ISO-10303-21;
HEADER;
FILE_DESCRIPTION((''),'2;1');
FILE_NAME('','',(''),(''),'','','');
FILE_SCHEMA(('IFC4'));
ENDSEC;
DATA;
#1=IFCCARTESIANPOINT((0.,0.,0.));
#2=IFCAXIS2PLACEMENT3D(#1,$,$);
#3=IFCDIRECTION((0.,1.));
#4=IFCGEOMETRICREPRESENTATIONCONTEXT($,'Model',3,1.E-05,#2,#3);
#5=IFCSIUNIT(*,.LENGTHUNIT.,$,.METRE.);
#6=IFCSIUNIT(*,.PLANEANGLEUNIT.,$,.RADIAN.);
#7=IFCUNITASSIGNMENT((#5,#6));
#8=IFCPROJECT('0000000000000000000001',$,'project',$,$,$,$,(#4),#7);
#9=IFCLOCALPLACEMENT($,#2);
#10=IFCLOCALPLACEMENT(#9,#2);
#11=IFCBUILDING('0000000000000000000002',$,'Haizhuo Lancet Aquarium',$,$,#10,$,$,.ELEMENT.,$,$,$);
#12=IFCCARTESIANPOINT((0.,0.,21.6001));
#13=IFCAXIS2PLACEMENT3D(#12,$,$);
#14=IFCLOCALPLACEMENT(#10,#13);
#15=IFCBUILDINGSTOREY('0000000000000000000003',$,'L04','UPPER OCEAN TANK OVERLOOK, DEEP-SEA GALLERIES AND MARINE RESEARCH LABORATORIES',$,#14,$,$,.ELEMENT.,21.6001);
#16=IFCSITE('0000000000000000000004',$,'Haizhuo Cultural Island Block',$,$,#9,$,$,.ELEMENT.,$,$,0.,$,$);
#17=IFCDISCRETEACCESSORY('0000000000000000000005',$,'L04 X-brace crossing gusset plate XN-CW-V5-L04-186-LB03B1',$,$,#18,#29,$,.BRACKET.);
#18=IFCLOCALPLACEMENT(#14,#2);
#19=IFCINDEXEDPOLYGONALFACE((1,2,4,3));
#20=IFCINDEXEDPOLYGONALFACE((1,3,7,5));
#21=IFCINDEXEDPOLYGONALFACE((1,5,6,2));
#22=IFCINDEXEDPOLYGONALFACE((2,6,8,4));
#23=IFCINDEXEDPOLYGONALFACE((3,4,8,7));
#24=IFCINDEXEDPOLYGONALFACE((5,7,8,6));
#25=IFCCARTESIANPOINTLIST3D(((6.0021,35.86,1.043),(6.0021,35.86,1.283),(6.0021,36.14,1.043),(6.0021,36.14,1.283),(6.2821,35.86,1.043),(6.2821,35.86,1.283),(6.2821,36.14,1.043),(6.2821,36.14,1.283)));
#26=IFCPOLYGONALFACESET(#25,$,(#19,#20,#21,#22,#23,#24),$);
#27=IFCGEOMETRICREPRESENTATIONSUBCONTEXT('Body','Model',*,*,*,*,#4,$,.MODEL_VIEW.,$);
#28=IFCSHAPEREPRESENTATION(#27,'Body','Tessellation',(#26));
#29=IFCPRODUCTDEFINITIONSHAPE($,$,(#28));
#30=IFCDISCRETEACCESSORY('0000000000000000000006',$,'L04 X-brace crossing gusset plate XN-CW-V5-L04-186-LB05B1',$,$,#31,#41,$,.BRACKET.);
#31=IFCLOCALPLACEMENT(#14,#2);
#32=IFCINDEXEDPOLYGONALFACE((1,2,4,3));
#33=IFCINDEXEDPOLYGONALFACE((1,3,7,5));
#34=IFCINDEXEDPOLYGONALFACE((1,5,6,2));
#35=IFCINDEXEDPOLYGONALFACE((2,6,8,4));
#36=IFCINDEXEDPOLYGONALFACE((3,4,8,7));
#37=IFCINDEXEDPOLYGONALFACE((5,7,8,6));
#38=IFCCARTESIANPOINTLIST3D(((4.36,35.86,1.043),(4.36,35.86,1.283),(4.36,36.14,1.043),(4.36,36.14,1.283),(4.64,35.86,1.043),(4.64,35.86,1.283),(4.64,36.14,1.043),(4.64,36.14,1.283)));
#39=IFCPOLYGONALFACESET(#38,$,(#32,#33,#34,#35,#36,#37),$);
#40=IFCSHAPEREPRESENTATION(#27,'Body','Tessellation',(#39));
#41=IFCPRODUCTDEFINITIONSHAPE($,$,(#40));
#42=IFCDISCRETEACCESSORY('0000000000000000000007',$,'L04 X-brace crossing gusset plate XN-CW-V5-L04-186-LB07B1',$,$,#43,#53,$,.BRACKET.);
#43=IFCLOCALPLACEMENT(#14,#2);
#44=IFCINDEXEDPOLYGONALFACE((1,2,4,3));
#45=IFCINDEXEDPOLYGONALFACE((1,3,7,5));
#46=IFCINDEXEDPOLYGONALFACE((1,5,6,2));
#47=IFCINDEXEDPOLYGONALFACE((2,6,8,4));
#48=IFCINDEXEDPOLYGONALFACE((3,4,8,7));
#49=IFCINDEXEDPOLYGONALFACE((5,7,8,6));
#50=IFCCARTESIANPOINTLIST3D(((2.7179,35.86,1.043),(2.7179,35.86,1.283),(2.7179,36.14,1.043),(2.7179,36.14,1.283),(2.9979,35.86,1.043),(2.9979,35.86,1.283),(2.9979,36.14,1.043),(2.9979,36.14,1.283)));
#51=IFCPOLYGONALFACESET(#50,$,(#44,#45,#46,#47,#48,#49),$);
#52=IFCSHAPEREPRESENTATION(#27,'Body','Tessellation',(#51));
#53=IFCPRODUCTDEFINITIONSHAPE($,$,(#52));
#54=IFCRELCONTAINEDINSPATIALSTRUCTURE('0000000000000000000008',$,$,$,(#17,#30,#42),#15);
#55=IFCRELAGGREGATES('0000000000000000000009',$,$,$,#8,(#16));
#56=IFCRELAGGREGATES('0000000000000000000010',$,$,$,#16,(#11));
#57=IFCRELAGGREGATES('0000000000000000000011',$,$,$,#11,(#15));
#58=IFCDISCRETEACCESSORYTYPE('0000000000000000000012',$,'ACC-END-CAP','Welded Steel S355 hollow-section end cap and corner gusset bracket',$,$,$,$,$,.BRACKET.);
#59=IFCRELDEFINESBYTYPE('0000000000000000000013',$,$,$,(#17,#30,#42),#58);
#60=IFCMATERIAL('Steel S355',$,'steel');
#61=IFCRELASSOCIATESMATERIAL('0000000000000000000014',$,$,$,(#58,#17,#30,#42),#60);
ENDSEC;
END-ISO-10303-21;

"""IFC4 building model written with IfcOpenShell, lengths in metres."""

from ifc_helpers import new_model, si_unit, direction, frame, origin, origin_2d, place, context, subcontext, project, spatial, rectangle, extrude, material, type_object, element, save


model = new_model("IFC4")

# Units and contexts
model_context = context("Model", 3, precision=1e-05, world=origin(), true_north=direction((0.0, 1.0)))
body_context = subcontext(model_context, "Body", "Model", "MODEL_VIEW")
ifc_project = project(units=[si_unit("LENGTHUNIT", "METRE"), si_unit("PLANEANGLEUNIT", "RADIAN")], contexts=[model_context])

# Site, building, storey
site_placement = place(None, origin())
site = spatial("IfcSite", under=ifc_project, at=site_placement, Name="Haizhuo Cultural Island Block", CompositionType="ELEMENT", RefElevation=0.0)
building_placement = place(site_placement, origin())
building = spatial("IfcBuilding", under=site, at=building_placement, Name="Haizhuo Lancet Aquarium", CompositionType="ELEMENT")
storey_placement = place(building_placement, frame((0.0, 0.0, 21.6001)))
storey = spatial("IfcBuildingStorey", under=building, at=storey_placement, Name="L04", Description="UPPER OCEAN TANK OVERLOOK, DEEP-SEA GALLERIES AND MARINE RESEARCH LABORATORIES", CompositionType="ELEMENT", Elevation=21.6001)

# Shared definitions
ifc_material_1 = material(Name="Steel S355", Category="steel")

# Discrete accessories
discrete_accessory_type = type_object("IfcDiscreteAccessoryType", Name="ACC-END-CAP", Description="Welded Steel S355 hollow-section end cap and corner gusset bracket", PredefinedType="BRACKET", material=ifc_material_1)
for number, where, z_axis, x_axis, name in (
    (1, (6.1421, 36.0, 1.043), (0.0, 0.0, 1.0), (1.0, 0.0, 0.0), "L04 X-brace crossing gusset plate XN-CW-V5-L04-186-LB03B1"),
    (2, (4.5, 36.0, 1.043), (0.0, 0.0, 1.0), (1.0, 0.0, 0.0), "L04 X-brace crossing gusset plate XN-CW-V5-L04-186-LB05B1"),
    (3, (2.8579, 36.0, 1.043), (0.0, 0.0, 1.0), (1.0, 0.0, 0.0), "L04 X-brace crossing gusset plate XN-CW-V5-L04-186-LB07B1"),
):
    element("IfcDiscreteAccessory", number, at=place(storey_placement, frame(where, z_axis=z_axis, x_axis=x_axis)), inside=storey, type_object=discrete_accessory_type, material=ifc_material_1, Name=name, PredefinedType="BRACKET", context=body_context, shape_type="SweptSolid", body=[
        extrude(rectangle(XDim=0.28, YDim=0.28, at=origin_2d()), origin(), (0.0, 0.0, 1.0), 0.24),
    ])

save(model, "model.ifc")
